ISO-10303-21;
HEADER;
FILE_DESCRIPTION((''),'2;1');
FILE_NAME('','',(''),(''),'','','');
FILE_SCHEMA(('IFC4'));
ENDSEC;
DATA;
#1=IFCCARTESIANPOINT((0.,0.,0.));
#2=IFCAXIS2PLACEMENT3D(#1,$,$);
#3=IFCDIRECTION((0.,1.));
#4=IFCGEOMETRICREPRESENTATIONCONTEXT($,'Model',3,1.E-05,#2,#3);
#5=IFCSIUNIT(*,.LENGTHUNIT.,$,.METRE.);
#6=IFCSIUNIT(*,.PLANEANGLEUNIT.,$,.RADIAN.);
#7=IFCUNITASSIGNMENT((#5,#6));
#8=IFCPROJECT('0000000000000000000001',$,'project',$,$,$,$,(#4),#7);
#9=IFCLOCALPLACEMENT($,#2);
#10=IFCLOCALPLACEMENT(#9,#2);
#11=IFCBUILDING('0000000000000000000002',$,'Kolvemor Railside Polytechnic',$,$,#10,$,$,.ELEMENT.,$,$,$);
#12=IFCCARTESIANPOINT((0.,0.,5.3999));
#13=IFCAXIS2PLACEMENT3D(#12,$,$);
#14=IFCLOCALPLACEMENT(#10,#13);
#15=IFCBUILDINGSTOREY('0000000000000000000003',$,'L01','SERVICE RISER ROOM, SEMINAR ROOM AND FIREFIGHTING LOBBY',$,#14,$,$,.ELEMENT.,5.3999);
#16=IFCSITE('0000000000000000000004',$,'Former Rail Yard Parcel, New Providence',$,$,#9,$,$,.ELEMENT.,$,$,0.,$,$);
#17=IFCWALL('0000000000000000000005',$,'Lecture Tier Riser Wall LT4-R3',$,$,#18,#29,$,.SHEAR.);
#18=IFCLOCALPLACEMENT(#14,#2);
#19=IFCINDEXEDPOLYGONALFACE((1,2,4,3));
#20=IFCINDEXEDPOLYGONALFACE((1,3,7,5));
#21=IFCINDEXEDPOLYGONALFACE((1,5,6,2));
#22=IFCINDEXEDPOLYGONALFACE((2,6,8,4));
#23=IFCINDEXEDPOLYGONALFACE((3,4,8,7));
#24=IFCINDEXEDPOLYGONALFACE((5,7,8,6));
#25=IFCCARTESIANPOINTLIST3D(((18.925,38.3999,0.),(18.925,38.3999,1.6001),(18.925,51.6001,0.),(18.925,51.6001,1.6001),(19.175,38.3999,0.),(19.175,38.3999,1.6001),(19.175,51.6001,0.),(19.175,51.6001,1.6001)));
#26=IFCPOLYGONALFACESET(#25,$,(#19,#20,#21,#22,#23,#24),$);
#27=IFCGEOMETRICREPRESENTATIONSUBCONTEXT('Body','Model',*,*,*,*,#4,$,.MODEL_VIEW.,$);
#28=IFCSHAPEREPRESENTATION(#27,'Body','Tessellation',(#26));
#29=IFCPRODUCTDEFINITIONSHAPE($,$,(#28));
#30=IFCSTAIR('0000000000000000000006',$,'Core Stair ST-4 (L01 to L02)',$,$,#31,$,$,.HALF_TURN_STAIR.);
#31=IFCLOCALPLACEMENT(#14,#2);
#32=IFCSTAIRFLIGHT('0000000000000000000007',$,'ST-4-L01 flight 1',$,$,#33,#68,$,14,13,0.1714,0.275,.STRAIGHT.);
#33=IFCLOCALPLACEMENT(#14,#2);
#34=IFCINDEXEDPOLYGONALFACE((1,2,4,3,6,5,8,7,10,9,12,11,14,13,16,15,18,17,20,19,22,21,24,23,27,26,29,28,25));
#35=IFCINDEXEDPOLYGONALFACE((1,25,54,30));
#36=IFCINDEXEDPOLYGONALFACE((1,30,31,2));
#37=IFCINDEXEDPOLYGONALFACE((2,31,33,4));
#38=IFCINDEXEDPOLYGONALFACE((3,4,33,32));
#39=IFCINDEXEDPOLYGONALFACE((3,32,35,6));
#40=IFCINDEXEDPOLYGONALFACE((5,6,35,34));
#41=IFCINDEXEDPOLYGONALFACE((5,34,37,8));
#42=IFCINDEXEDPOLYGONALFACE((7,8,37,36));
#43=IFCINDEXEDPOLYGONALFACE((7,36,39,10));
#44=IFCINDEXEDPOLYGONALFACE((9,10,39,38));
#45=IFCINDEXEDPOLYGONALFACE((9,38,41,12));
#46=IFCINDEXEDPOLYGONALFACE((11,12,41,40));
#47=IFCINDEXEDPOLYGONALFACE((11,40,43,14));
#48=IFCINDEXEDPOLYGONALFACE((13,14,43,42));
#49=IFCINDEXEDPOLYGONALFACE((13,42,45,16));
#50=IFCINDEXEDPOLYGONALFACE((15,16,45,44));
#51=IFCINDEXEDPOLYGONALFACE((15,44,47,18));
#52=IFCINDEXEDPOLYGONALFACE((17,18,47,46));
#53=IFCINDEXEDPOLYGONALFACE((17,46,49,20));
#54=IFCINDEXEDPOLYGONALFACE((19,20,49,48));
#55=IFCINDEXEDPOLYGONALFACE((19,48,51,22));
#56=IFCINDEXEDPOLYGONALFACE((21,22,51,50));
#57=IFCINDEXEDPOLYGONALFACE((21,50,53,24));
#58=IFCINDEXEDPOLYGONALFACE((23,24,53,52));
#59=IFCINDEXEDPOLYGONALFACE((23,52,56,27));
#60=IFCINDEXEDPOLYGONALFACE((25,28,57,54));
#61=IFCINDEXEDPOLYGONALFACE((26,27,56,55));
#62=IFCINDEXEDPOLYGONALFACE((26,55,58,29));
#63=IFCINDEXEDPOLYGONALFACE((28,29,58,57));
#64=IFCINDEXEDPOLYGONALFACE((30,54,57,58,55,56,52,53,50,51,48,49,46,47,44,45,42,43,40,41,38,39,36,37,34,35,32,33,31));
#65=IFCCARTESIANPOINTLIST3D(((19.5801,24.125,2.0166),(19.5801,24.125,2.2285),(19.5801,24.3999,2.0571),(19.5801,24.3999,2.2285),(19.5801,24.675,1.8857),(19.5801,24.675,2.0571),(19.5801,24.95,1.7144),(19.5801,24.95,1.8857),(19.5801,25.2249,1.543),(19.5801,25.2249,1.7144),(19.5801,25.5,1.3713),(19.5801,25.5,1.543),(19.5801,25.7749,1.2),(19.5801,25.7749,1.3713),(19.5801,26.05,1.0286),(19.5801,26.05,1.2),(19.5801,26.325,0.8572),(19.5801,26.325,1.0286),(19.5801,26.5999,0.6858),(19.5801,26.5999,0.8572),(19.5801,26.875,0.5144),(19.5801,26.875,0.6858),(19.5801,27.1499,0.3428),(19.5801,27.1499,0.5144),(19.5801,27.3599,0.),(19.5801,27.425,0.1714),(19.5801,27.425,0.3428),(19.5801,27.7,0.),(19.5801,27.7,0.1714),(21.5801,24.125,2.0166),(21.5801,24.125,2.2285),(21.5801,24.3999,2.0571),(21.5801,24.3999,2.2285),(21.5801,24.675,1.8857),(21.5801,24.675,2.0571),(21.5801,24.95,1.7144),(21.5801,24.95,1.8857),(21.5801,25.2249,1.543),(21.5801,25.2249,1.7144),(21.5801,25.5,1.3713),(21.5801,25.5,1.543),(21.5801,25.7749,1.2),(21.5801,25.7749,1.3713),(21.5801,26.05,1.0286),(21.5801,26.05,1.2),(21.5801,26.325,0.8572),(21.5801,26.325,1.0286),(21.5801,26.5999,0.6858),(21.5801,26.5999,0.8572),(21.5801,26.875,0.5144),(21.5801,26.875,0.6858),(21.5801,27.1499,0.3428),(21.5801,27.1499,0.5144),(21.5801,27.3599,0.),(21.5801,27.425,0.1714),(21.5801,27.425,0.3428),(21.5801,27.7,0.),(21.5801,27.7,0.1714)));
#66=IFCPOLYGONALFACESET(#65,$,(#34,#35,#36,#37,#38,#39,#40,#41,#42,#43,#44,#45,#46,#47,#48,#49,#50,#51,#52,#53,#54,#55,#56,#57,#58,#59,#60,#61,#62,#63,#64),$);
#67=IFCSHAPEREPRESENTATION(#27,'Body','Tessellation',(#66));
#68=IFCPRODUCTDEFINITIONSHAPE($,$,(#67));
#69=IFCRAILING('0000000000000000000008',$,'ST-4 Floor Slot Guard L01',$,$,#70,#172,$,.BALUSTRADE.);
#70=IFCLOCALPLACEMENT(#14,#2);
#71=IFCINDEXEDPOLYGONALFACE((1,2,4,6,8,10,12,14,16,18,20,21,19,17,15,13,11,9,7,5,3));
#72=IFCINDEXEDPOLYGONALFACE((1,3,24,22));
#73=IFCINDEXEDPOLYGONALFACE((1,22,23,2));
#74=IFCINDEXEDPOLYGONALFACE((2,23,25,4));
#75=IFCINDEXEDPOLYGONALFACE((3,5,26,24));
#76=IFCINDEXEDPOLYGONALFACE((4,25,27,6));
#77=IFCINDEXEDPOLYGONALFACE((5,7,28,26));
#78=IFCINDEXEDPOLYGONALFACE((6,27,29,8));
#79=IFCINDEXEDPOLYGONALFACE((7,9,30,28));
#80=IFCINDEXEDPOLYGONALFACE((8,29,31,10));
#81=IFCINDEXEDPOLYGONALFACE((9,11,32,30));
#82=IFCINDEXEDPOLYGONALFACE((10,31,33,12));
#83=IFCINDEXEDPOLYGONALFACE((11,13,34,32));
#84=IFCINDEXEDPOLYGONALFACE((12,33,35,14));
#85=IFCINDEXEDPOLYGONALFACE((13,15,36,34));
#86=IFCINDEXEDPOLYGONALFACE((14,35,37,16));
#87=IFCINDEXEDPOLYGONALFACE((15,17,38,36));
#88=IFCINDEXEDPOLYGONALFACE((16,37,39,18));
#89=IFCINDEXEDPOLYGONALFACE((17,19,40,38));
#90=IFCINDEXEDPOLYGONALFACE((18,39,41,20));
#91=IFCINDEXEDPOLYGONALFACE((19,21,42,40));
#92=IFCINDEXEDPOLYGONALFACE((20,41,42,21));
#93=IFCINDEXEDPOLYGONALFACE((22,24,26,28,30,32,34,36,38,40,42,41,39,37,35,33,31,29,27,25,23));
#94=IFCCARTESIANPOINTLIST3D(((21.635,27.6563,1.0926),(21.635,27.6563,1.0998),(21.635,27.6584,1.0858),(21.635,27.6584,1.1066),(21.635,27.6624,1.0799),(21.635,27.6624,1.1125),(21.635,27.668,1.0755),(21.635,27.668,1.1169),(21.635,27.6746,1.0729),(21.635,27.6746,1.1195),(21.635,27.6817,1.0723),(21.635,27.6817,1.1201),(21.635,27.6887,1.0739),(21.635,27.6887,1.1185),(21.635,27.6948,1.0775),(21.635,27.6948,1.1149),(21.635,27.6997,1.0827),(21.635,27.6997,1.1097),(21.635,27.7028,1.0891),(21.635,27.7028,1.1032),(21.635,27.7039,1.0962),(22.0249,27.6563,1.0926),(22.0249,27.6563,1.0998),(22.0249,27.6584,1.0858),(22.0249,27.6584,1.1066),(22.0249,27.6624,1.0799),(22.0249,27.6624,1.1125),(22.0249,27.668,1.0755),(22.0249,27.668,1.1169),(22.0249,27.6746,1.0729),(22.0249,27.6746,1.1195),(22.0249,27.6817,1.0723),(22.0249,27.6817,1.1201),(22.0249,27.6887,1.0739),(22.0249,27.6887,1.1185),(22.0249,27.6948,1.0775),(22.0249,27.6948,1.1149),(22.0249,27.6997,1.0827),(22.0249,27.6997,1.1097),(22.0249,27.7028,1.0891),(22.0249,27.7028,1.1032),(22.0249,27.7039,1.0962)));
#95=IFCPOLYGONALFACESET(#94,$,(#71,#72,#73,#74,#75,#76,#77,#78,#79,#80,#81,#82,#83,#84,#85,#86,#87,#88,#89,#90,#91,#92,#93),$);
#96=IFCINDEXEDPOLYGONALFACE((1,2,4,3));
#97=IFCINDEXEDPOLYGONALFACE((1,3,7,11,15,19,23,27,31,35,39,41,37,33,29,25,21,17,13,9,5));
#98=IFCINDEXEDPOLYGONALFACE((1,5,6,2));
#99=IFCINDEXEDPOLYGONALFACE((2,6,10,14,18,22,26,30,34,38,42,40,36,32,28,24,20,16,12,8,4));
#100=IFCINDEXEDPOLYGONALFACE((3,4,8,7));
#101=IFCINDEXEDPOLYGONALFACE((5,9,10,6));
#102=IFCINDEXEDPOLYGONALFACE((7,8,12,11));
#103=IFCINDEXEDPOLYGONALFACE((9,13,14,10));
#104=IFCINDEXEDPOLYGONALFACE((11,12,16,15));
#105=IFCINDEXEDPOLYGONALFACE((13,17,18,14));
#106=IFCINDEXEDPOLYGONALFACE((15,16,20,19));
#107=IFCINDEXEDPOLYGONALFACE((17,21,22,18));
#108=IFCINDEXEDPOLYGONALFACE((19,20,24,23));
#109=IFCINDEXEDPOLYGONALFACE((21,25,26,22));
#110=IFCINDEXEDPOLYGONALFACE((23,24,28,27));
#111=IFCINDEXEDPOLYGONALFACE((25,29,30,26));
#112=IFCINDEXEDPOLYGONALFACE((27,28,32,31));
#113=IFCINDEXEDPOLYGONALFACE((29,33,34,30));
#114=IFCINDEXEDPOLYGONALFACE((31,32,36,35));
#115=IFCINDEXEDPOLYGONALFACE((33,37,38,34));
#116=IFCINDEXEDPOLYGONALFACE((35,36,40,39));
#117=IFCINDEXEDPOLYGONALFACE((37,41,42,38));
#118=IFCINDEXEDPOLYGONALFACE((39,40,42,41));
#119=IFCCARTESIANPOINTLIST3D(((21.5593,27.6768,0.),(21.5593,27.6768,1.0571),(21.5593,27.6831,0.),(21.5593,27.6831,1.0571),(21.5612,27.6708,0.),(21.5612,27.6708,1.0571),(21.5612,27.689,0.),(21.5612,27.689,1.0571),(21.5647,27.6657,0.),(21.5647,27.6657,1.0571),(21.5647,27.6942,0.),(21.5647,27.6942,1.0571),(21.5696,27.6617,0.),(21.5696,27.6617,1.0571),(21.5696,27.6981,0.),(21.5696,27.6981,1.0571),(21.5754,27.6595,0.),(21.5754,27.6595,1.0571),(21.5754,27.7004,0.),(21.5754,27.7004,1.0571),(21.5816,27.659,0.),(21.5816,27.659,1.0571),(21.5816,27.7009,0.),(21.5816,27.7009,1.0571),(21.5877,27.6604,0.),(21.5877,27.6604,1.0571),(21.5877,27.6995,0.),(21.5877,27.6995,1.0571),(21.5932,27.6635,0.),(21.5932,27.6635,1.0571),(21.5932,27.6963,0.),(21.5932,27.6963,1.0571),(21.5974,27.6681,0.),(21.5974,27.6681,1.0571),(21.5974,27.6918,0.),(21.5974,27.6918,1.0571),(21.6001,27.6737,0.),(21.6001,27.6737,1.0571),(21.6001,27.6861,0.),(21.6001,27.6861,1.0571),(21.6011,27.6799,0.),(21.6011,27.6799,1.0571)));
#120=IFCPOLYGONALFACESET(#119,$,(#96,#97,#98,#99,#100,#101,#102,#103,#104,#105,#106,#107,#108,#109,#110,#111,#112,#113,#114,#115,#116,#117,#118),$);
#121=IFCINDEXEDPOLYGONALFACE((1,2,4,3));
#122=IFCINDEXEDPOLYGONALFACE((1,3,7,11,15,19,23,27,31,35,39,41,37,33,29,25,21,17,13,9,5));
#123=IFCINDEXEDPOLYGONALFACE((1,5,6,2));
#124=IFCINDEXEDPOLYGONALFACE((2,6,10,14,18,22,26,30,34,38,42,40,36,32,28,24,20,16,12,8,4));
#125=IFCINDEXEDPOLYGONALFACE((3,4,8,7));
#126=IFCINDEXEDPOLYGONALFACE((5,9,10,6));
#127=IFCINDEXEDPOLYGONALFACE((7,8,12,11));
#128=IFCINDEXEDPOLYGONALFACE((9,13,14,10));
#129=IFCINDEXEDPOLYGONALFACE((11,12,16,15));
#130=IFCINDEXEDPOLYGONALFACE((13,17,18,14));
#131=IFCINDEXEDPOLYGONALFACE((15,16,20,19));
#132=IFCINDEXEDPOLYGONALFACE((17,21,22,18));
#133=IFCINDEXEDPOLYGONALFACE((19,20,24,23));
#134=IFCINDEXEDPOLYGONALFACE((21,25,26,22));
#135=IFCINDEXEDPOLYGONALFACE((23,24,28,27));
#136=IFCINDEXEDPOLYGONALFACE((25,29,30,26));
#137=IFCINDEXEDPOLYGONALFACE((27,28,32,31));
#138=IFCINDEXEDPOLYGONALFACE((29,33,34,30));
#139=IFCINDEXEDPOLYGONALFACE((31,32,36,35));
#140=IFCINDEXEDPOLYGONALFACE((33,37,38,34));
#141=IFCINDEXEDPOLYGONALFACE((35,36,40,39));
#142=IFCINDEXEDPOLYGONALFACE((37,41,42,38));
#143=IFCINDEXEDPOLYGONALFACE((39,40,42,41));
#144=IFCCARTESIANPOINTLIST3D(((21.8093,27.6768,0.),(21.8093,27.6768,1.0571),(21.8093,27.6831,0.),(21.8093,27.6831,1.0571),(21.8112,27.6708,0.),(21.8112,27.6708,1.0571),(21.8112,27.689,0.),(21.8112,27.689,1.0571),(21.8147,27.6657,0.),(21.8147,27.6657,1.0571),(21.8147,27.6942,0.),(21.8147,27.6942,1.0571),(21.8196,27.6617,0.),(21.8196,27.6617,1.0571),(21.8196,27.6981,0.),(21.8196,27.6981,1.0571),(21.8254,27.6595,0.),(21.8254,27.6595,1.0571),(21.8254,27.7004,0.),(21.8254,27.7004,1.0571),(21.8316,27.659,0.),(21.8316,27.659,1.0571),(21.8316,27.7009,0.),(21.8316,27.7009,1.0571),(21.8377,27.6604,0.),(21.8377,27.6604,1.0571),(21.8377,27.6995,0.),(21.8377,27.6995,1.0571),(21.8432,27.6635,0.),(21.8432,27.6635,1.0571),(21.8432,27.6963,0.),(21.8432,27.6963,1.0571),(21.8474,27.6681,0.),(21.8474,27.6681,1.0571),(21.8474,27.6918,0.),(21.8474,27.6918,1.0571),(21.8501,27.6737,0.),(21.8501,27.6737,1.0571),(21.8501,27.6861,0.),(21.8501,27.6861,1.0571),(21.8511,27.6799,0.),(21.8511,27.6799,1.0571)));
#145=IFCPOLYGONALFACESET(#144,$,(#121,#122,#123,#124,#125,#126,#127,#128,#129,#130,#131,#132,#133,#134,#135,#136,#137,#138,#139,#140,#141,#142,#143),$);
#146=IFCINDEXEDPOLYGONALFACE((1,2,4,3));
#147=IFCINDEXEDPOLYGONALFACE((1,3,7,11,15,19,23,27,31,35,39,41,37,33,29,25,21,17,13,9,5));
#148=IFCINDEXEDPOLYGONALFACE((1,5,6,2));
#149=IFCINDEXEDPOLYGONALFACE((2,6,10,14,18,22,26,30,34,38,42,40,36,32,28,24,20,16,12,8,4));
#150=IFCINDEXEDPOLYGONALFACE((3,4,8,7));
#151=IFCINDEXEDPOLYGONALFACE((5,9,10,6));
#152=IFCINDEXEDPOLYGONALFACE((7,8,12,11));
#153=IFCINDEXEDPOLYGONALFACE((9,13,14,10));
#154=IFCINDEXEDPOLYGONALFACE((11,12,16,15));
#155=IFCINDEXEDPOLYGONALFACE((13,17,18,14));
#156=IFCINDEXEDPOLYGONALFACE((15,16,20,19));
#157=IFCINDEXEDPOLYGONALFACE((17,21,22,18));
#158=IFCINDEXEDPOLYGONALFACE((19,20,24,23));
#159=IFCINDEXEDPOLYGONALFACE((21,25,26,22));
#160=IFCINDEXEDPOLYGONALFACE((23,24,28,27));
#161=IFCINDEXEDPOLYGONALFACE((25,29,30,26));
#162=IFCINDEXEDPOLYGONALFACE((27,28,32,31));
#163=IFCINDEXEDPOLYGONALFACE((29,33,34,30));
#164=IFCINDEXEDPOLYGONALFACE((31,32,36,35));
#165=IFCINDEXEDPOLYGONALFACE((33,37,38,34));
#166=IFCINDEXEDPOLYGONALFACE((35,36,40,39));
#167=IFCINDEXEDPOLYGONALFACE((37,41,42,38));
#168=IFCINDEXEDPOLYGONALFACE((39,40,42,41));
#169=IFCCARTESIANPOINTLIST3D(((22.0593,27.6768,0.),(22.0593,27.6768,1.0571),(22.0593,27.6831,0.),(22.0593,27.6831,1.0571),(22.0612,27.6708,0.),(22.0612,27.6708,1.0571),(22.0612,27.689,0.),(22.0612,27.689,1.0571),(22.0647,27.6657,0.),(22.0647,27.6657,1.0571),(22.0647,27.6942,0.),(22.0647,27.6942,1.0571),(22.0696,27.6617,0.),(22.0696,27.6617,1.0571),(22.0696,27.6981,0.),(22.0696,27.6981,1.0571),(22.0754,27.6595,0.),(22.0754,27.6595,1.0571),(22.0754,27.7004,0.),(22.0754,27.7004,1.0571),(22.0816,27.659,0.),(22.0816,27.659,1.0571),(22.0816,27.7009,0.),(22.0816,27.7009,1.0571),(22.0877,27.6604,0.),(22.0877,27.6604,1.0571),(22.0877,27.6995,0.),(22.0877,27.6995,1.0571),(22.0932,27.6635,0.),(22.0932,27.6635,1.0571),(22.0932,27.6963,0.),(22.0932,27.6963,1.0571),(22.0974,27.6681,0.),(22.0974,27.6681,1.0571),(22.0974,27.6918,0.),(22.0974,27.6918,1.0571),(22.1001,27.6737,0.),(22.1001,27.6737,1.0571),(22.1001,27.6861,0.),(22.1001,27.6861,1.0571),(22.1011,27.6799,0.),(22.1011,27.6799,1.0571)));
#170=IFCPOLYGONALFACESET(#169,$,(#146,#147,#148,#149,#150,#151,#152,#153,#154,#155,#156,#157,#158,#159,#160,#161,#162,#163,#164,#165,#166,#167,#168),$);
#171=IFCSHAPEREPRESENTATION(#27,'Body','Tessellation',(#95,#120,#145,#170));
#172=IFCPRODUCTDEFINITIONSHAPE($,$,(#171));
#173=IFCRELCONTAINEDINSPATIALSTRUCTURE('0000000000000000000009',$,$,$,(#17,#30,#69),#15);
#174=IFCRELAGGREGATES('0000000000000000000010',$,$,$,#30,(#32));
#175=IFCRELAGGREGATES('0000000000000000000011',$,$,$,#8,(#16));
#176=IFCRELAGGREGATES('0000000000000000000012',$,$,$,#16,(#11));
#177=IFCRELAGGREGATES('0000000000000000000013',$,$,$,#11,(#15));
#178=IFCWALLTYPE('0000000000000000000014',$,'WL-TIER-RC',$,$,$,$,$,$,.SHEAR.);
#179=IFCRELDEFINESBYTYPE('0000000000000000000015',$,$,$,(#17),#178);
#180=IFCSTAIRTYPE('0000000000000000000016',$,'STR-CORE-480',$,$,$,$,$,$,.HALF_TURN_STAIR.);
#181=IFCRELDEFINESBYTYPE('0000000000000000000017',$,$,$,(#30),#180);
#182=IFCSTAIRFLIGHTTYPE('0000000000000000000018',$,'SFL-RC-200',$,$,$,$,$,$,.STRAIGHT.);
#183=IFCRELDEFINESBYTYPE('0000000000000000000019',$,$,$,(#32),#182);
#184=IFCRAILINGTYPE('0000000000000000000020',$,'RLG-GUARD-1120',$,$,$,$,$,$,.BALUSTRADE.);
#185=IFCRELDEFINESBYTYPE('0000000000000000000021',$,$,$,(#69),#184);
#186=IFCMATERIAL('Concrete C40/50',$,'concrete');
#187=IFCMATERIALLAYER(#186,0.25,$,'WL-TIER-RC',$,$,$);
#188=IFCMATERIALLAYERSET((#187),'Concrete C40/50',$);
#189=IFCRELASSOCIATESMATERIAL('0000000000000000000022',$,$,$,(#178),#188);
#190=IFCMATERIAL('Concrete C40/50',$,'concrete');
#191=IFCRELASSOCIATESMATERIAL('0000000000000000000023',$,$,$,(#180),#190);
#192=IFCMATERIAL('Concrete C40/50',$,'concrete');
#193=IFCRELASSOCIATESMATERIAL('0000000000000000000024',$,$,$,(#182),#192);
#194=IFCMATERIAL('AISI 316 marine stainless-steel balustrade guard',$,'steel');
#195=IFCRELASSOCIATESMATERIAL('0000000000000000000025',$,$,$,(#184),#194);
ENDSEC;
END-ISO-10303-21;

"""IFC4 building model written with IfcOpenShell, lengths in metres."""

from ifc_helpers import new_model, si_unit, direction, frame, frame_2d, origin, origin_2d, place, context, subcontext, project, spatial, polyline, rectangle, circle, outline, extrude, material, layer, layer_set, type_object, element, aggregate, save


model = new_model("IFC4")

# Units and contexts
model_context = context("Model", 3, precision=1e-05, world=origin(), true_north=direction((0.0, 1.0)))
body_context = subcontext(model_context, "Body", "Model", "MODEL_VIEW")
ifc_project = project(units=[si_unit("LENGTHUNIT", "METRE"), si_unit("PLANEANGLEUNIT", "RADIAN")], contexts=[model_context])

# Site, building, storey
site_placement = place(None, origin())
site = spatial("IfcSite", under=ifc_project, at=site_placement, Name="Former Rail Yard Parcel, New Providence", CompositionType="ELEMENT", RefElevation=0.0)
building_placement = place(site_placement, origin())
building = spatial("IfcBuilding", under=site, at=building_placement, Name="Kolvemor Railside Polytechnic", CompositionType="ELEMENT")
storey_placement = place(building_placement, frame((0.0, 0.0, 5.3999)))
storey = spatial("IfcBuildingStorey", under=building, at=storey_placement, Name="L01", Description="SERVICE RISER ROOM, SEMINAR ROOM AND FIREFIGHTING LOBBY", CompositionType="ELEMENT", Elevation=5.3999)

# Wall
ifc_material_1 = material(Name="Concrete C40/50", Category="concrete")
ifc_layer_1 = layer(ifc_material_1, 0.25, Name="WL-TIER-RC")
ifc_layer_set_1 = layer_set([ifc_layer_1], Name="Concrete C40/50")
wall_type_1 = type_object("IfcWallType", Name="WL-TIER-RC", PredefinedType="SHEAR", material=ifc_layer_set_1)
wall_1_placement = place(storey_placement, frame((19.05, 38.3999, 0.0), z_axis=(0.0, 0.0, 1.0), x_axis=(0.0, 1.0, 0.0)))
element("IfcWall", 1, at=wall_1_placement, inside=storey, type_object=wall_type_1, Name="Lecture Tier Riser Wall LT4-R3", PredefinedType="SHEAR", context=body_context, shape_type="SweptSolid", body=[
    extrude(rectangle(XDim=13.2002, YDim=0.25, at=frame_2d((6.6001, 0.0))), origin(), (0.0, 0.0, 1.0), 1.6001),
])

# Stair, stair flight
ifc_material_2 = material(Name="Concrete C40/50", Category="concrete")
stair_type = type_object("IfcStairType", Name="STR-CORE-480", PredefinedType="HALF_TURN_STAIR", material=ifc_material_2)
stair_placement = place(storey_placement, origin())
stair = element("IfcStair", 2, at=stair_placement, inside=storey, type_object=stair_type, Name="Core Stair ST-4 (L01 to L02)", PredefinedType="HALF_TURN_STAIR")
ifc_material_3 = material(Name="Concrete C40/50", Category="concrete")
stair_flight_type = type_object("IfcStairFlightType", Name="SFL-RC-200", PredefinedType="STRAIGHT", material=ifc_material_3)
stair_flight_placement = place(storey_placement, frame((20.5801, 27.7, 0.0), z_axis=(0.0, 0.0, 1.0), x_axis=(0.0, -1.0, 0.0)))
stair_flight = element("IfcStairFlight", 3, at=stair_flight_placement, type_object=stair_flight_type, Name="ST-4-L01 flight 1", NumberOfRisers=14, NumberOfTreads=13, PredefinedType="STRAIGHT", RiserHeight=0.1714, TreadLength=0.275, context=body_context, shape_type="SweptSolid", body=[
    extrude(outline(polyline([(0.0, 0.0), (0.0, 0.1714), (0.2749, 0.1714), (0.2749, 0.3428), (0.55, 0.3428), (0.55, 0.5144), (0.825, 0.5144), (0.825, 0.6858), (1.1001, 0.6858), (1.1001, 0.8572), (1.375, 0.8572), (1.375, 1.0286), (1.6499, 1.0286), (1.6499, 1.2), (1.925, 1.2), (1.925, 1.3713), (2.2, 1.3713), (2.2, 1.543), (2.4751, 1.543), (2.4751, 1.7144), (2.75, 1.7144), (2.75, 1.8857), (3.0249, 1.8857), (3.0249, 2.0571), (3.3, 2.0571), (3.3, 2.2285), (3.575, 2.2285), (3.575, 2.3999), (3.575, 2.0166), (0.3401, 0.0), (0.0, 0.0)])), frame((0.0, 1.0, 0.0), z_axis=(0.0, -1.0, 0.0), x_axis=(1.0, 0.0, 0.0)), (0.0, 0.0, 1.0), 2.0),
])
aggregate(stair, [stair_flight])

# Railing
ifc_material_4 = material(Name="AISI 316 marine stainless-steel balustrade guard", Category="steel")
railing_type_1 = type_object("IfcRailingType", Name="RLG-GUARD-1120", PredefinedType="BALUSTRADE", material=ifc_material_4)
railing_1_placement = place(storey_placement, frame((21.5801, 27.6799, 0.0)))
element("IfcRailing", 4, at=railing_1_placement, inside=storey, type_object=railing_type_1, Name="ST-4 Floor Slot Guard L01", PredefinedType="BALUSTRADE", context=body_context, shape_type="SweptSolid", body=[
    extrude(circle(Radius=0.0239, at=origin_2d()), frame((0.0549, 0.0, 1.0962), z_axis=(1.0, 0.0, 0.0), x_axis=(0.0, 1.0, 0.0)), (0.0, 0.0, 1.0), 0.3899),
    extrude(circle(Radius=0.021, at=origin_2d()), origin(), (0.0, 0.0, 1.0), 1.0571),
    extrude(circle(Radius=0.021, at=origin_2d()), frame((0.25, 0.0, 0.0)), (0.0, 0.0, 1.0), 1.0571),
    extrude(circle(Radius=0.021, at=origin_2d()), frame((0.5, 0.0, 0.0)), (0.0, 0.0, 1.0), 1.0571),
])

save(model, "model.ifc")
